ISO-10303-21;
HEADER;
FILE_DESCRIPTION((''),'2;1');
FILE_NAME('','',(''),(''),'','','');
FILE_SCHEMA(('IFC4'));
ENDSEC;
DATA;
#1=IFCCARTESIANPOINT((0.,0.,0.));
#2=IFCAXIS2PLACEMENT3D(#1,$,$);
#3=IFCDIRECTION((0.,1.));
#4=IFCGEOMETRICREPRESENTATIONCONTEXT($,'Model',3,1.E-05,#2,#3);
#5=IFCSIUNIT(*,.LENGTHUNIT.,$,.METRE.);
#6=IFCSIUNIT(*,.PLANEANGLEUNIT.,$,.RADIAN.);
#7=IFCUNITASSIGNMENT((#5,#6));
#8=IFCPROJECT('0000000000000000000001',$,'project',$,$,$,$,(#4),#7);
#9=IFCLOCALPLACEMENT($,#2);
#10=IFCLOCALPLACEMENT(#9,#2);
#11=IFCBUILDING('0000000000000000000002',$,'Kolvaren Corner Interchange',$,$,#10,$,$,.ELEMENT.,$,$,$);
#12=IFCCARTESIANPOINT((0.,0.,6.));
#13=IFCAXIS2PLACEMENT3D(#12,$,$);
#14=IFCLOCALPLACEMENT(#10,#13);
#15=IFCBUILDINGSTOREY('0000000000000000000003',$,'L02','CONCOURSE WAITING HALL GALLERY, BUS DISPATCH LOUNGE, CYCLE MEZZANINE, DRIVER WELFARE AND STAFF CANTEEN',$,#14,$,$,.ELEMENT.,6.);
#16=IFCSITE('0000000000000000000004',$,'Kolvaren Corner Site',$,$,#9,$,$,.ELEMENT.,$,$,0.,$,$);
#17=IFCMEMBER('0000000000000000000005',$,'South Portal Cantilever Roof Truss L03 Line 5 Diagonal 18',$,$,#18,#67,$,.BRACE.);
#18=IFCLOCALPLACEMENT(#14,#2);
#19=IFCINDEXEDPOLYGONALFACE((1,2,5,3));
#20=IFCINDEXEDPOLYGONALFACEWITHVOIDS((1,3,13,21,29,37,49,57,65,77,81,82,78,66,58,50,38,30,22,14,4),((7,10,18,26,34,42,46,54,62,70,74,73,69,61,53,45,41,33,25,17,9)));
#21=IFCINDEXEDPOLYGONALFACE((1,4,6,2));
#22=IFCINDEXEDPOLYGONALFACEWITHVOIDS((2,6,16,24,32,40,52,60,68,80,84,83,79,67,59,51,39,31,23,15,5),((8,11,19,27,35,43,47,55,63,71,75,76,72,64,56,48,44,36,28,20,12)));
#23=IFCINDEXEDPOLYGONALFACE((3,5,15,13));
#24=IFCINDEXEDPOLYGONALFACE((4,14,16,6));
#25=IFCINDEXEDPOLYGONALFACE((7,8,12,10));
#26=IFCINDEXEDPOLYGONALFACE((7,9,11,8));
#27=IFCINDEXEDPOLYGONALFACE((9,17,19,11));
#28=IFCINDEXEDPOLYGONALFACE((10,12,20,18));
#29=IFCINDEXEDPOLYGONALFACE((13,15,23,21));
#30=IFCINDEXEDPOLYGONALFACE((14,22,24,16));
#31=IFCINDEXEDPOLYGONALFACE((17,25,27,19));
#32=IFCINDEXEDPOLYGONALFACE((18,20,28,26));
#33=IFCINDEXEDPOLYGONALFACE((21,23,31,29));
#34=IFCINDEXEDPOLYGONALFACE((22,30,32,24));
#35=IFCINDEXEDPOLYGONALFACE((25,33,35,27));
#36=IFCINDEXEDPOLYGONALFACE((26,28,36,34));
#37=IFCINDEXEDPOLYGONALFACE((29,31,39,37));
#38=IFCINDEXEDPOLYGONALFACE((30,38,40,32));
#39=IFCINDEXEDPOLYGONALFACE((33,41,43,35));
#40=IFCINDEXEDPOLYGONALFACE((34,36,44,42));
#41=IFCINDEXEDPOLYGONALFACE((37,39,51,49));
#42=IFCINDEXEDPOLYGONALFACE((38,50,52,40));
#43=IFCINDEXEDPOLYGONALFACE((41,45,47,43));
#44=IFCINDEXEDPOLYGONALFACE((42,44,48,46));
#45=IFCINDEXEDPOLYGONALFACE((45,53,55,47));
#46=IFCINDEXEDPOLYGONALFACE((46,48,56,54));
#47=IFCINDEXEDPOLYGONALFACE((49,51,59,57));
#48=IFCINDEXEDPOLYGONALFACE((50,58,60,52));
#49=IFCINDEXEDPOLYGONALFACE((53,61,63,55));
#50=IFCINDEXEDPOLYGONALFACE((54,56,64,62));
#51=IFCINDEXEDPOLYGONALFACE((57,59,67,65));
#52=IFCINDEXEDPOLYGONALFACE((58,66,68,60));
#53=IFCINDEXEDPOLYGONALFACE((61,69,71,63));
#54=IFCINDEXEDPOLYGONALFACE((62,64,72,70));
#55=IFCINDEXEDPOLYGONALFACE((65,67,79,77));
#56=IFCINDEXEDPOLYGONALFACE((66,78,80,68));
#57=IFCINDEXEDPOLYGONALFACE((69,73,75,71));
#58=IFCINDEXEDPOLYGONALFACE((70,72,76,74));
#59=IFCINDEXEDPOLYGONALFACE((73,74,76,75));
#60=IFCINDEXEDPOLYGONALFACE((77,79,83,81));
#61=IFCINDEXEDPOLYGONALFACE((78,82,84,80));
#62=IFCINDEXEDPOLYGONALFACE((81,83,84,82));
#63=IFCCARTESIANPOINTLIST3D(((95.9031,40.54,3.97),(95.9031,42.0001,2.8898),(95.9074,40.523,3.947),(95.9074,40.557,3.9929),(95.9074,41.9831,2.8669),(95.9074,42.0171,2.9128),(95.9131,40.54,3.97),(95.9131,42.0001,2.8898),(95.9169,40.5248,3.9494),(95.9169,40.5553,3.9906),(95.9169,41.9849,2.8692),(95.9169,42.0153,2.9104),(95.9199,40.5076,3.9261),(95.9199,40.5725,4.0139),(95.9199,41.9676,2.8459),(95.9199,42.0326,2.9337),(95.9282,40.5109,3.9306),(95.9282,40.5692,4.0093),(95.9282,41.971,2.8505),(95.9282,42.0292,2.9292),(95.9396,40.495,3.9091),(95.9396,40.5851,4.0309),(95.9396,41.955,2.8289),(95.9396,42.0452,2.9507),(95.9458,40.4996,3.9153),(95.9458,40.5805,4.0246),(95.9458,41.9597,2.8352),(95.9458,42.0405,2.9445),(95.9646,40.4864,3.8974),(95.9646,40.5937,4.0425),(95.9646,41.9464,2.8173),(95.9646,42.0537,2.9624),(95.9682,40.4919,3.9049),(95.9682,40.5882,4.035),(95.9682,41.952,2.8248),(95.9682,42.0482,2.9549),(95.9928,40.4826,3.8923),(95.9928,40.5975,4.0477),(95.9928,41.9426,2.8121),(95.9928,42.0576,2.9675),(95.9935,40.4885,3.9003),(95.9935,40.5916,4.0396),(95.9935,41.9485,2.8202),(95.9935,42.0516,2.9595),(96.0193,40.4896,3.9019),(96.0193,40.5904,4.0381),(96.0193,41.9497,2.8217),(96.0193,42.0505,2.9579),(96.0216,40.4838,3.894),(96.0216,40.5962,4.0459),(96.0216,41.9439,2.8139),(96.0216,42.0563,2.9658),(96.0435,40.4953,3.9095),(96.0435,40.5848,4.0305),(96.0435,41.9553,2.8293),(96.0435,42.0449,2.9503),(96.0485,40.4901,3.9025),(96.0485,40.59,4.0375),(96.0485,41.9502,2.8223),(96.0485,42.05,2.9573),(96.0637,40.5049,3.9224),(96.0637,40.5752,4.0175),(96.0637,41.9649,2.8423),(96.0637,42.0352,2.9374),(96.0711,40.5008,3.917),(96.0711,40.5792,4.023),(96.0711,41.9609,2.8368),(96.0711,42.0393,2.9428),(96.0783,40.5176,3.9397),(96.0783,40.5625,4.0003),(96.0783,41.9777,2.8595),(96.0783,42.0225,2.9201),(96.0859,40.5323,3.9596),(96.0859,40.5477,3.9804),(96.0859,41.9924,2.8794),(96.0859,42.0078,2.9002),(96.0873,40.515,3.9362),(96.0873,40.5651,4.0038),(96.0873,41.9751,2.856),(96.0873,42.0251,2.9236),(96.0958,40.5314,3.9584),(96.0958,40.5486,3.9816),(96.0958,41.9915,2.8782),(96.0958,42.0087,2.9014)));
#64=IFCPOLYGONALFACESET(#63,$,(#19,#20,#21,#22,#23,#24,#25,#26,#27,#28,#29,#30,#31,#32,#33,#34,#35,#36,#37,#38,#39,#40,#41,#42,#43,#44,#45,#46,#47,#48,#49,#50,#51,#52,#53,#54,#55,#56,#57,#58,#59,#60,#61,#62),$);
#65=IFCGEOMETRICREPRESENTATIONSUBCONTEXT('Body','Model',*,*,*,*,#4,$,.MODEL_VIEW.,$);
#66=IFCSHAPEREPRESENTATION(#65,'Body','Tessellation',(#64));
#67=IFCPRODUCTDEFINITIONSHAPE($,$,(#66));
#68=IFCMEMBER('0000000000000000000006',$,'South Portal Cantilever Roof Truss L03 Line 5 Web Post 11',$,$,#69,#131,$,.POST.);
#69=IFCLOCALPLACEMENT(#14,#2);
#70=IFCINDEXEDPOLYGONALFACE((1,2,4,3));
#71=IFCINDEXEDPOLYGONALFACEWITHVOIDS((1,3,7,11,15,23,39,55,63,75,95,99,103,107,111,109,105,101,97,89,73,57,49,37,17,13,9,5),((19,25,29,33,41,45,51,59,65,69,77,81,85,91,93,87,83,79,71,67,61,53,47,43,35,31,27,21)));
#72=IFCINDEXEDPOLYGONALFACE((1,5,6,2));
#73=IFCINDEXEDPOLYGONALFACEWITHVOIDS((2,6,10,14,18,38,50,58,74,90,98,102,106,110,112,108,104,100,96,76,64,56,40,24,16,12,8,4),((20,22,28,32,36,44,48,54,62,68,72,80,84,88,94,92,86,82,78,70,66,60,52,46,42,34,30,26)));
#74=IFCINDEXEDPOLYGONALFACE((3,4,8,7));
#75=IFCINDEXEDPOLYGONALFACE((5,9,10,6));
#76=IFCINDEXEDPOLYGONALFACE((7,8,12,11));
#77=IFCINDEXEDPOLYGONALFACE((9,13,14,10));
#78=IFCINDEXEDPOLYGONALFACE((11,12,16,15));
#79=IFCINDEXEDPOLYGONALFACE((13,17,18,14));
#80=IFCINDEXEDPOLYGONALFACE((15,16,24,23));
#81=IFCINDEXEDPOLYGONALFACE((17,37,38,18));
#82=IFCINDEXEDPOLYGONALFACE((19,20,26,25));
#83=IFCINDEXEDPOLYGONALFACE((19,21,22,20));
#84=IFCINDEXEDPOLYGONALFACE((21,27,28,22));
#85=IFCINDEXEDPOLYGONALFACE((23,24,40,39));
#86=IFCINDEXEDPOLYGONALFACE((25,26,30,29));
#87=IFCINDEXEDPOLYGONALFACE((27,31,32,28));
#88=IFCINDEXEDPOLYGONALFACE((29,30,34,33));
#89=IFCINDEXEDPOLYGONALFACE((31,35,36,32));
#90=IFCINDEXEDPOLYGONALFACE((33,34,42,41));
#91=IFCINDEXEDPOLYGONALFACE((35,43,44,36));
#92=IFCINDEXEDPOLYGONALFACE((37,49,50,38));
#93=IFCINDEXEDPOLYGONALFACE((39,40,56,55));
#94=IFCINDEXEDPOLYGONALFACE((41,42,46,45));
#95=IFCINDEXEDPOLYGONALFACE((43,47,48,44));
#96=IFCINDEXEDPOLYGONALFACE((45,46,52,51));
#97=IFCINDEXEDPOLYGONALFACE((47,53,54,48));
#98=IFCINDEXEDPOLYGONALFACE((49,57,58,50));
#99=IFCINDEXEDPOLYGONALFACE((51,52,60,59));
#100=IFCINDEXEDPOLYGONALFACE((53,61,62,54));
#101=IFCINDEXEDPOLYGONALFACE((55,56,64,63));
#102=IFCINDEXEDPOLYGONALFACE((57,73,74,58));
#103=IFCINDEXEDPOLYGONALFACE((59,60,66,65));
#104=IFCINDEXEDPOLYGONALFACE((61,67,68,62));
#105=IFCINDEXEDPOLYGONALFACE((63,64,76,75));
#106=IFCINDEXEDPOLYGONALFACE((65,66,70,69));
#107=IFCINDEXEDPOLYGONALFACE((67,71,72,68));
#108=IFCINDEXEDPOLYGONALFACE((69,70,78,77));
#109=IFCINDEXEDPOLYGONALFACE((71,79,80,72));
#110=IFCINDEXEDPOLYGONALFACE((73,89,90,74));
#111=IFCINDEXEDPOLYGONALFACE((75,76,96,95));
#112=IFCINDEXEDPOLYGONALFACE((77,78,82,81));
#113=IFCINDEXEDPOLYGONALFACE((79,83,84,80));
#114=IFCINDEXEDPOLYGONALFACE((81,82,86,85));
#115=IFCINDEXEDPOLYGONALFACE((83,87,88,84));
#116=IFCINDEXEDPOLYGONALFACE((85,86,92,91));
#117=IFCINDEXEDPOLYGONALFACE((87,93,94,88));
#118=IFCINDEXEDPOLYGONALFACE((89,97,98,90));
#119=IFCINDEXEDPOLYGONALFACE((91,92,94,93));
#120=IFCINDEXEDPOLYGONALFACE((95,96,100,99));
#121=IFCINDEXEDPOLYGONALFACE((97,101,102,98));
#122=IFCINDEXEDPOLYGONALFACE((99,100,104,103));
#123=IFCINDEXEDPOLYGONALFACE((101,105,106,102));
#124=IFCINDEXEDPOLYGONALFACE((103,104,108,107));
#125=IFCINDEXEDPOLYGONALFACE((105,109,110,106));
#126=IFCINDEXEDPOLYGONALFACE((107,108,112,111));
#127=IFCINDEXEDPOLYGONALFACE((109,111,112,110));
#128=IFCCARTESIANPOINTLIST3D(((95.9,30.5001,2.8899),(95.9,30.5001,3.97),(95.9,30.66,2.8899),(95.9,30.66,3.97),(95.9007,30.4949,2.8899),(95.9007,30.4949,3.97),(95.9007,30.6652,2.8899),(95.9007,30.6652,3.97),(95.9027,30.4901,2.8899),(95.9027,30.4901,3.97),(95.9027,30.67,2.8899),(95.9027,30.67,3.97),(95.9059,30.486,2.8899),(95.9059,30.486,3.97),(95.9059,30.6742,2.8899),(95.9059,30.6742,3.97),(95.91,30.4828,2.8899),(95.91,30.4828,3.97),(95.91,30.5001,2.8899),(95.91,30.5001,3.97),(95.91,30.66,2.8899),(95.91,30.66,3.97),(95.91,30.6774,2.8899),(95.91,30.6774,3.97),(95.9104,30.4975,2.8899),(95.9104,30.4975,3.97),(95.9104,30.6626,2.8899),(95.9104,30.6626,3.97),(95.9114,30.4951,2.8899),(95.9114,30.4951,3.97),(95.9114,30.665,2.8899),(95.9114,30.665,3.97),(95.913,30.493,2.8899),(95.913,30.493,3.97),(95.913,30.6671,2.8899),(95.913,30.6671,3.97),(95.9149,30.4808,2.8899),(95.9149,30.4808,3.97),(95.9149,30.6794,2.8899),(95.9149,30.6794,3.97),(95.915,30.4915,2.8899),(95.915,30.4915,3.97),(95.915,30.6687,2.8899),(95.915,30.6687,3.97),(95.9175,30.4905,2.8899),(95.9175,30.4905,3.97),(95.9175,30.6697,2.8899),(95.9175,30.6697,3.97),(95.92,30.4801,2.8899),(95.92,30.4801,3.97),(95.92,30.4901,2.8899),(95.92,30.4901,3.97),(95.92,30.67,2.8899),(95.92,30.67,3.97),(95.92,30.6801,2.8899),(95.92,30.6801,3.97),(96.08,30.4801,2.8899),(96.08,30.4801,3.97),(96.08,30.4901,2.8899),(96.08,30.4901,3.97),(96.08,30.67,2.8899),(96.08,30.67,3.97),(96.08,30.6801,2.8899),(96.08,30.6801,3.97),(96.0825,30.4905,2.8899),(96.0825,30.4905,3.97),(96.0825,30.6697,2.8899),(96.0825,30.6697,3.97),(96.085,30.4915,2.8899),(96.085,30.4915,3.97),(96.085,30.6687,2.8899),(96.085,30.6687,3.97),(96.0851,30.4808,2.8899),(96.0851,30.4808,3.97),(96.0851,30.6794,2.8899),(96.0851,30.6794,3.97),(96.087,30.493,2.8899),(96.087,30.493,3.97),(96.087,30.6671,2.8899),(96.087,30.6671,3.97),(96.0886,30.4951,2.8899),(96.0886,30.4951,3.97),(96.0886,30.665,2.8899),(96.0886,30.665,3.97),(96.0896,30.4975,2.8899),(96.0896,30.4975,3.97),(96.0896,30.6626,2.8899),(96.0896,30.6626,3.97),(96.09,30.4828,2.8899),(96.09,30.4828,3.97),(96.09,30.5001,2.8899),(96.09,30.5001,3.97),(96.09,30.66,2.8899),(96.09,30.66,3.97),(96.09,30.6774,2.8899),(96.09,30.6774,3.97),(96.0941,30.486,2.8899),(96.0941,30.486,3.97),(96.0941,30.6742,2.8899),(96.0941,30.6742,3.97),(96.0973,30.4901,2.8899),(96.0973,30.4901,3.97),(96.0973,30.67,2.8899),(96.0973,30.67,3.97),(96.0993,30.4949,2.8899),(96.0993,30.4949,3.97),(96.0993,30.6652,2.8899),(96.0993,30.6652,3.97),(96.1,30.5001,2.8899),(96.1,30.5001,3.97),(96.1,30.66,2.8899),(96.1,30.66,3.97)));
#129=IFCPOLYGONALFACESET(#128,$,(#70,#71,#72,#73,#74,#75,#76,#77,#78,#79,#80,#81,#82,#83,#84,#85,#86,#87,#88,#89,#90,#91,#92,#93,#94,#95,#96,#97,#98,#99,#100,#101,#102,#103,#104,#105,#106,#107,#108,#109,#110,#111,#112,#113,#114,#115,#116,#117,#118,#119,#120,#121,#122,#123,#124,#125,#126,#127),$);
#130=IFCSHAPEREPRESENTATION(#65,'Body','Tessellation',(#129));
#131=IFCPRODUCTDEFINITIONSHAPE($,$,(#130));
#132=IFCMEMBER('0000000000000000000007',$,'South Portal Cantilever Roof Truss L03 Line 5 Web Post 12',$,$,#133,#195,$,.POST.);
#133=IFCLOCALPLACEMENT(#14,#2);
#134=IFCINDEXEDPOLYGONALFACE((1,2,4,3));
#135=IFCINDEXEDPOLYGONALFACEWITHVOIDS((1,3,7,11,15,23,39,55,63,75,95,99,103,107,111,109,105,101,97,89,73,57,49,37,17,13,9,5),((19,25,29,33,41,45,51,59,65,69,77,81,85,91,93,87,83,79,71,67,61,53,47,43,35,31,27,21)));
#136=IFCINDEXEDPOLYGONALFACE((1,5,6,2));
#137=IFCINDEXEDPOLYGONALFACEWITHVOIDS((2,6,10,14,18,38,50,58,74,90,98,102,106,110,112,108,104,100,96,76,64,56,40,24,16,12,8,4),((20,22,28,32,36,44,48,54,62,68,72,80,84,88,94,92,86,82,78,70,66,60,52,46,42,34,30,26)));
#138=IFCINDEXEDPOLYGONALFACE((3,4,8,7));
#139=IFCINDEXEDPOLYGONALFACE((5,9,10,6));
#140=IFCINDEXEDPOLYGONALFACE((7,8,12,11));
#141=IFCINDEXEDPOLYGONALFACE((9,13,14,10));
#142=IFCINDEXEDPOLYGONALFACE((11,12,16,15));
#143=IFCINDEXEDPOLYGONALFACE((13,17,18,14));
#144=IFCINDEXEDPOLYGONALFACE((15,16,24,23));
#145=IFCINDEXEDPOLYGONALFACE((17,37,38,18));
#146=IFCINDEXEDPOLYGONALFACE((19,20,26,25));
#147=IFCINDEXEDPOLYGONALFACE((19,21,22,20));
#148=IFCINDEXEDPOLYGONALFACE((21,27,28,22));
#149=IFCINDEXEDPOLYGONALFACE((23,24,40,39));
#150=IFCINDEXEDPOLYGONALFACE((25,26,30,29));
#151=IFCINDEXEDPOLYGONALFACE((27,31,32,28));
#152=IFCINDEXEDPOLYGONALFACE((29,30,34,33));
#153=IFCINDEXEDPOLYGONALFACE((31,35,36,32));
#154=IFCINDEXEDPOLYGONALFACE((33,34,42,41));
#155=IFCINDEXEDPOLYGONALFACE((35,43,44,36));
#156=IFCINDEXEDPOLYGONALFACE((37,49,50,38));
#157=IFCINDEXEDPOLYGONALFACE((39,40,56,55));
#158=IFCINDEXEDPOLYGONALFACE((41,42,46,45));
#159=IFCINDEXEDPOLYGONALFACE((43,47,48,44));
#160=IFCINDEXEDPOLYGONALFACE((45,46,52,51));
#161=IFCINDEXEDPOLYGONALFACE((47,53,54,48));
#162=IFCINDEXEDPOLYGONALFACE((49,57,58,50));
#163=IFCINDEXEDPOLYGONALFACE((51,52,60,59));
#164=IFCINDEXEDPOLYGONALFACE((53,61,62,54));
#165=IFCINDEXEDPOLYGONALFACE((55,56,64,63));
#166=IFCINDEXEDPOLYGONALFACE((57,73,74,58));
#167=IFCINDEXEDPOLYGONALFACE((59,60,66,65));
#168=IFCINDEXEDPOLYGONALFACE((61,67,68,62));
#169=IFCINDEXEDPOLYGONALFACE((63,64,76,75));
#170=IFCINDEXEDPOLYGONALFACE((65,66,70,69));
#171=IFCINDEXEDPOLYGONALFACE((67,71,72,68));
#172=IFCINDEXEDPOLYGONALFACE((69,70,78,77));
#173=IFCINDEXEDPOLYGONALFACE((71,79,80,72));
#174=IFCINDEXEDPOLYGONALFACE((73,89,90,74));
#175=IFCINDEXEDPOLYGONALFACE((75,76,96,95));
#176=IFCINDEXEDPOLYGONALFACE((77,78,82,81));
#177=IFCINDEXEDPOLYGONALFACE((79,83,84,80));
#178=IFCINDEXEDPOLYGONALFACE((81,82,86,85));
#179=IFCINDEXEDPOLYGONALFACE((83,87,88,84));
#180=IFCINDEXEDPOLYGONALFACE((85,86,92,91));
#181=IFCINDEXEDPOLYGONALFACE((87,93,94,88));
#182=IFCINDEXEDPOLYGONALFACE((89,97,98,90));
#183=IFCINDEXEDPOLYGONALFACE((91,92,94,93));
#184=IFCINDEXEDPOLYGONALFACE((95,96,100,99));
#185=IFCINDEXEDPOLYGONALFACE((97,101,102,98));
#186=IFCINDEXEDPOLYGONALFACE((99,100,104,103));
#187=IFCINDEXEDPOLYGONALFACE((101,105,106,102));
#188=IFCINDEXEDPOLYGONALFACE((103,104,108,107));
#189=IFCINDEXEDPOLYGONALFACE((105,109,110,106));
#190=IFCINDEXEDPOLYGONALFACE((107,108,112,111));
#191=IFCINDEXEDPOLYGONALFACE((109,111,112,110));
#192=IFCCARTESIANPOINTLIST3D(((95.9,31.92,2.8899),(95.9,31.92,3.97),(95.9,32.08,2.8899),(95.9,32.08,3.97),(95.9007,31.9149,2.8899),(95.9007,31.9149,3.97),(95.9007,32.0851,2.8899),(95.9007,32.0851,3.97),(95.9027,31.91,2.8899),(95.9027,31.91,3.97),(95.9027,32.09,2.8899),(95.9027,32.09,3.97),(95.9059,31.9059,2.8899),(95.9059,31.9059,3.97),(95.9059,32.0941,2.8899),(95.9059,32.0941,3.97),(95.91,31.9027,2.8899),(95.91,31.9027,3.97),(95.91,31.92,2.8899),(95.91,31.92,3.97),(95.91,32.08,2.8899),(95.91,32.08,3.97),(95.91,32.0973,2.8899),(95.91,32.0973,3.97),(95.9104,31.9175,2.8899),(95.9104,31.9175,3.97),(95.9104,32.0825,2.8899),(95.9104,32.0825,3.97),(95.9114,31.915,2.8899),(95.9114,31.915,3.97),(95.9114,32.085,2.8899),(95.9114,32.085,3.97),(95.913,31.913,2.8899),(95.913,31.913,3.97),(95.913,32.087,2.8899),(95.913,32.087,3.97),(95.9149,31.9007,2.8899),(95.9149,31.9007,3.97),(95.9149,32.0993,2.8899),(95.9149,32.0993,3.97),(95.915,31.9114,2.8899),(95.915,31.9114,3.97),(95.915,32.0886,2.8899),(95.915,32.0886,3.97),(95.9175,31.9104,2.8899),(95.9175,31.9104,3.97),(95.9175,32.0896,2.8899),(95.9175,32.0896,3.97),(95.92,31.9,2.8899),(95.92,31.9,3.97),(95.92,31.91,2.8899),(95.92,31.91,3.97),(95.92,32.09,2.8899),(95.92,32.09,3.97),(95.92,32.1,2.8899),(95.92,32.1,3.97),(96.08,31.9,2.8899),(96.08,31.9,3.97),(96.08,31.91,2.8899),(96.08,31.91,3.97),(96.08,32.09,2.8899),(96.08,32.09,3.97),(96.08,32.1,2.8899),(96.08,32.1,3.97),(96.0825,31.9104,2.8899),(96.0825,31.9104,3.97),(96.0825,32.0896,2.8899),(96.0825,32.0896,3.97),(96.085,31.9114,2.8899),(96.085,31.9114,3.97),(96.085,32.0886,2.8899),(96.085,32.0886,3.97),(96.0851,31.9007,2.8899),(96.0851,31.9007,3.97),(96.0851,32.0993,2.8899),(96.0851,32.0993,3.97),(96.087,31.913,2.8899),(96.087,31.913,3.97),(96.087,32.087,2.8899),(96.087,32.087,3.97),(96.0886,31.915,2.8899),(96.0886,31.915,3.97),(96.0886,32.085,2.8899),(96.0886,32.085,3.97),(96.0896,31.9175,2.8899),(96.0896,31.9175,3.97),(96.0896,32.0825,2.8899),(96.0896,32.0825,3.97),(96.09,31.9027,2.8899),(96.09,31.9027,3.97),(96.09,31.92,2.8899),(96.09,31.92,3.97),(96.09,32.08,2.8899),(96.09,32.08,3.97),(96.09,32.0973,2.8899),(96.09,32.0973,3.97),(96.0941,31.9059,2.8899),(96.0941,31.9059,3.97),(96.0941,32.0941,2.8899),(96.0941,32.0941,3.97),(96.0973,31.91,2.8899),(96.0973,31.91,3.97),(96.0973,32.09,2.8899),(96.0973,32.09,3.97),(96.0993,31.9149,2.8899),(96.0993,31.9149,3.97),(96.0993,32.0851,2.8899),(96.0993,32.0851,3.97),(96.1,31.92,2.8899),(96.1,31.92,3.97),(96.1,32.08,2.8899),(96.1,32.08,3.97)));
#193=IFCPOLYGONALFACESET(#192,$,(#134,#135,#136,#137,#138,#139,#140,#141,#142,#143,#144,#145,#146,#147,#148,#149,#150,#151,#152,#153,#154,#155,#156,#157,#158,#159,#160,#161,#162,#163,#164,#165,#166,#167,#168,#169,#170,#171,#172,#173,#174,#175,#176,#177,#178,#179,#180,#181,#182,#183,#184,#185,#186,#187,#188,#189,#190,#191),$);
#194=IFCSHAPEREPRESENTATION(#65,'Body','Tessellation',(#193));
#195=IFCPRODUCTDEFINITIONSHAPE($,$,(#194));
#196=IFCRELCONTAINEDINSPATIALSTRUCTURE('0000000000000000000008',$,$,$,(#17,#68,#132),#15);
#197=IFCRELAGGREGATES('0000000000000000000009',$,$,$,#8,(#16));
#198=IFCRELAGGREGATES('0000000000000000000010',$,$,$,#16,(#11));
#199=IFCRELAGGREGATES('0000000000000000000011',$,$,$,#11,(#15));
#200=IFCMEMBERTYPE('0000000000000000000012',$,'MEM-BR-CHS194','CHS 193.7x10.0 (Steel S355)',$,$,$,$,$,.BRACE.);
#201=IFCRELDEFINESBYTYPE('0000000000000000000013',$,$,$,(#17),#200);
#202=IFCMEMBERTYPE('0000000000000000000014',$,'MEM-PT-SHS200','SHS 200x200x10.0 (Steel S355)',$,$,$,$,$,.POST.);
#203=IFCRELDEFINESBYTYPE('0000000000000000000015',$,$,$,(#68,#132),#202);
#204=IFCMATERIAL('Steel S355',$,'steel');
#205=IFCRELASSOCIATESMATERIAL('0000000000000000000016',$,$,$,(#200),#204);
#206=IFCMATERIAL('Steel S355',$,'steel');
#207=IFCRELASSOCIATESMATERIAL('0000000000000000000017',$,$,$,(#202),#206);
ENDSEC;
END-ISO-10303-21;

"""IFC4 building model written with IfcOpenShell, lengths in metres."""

from ifc_helpers import new_model, si_unit, direction, frame, origin, origin_2d, place, context, subcontext, project, spatial, hollow_rectangle, hollow_circle, extrude, material, material_profile, profile_set, type_object, element, save


model = new_model("IFC4")

# Units and contexts
model_context = context("Model", 3, precision=1e-05, world=origin(), true_north=direction((0.0, 1.0)))
body_context = subcontext(model_context, "Body", "Model", "MODEL_VIEW")
ifc_project = project(units=[si_unit("LENGTHUNIT", "METRE"), si_unit("PLANEANGLEUNIT", "RADIAN")], contexts=[model_context])

# Site, building, storey
site_placement = place(None, origin())
site = spatial("IfcSite", under=ifc_project, at=site_placement, Name="Kolvaren Corner Site", CompositionType="ELEMENT", RefElevation=0.0)
building_placement = place(site_placement, origin())
building = spatial("IfcBuilding", under=site, at=building_placement, Name="Kolvaren Corner Interchange", CompositionType="ELEMENT")
storey_placement = place(building_placement, frame((0.0, 0.0, 6.0)))
storey = spatial("IfcBuildingStorey", under=building, at=storey_placement, Name="L02", Description="CONCOURSE WAITING HALL GALLERY, BUS DISPATCH LOUNGE, CYCLE MEZZANINE, DRIVER WELFARE AND STAFF CANTEEN", CompositionType="ELEMENT", Elevation=6.0)

# Members
ifc_material_1 = material(Name="Steel S355", Category="steel")
ifc_material_profile_1 = material_profile(ifc_material_1, hollow_circle(Radius=0.0969, WallThickness=0.01, at=origin_2d()), Name="CHS 193.7x10.0")
ifc_profile_set_1 = profile_set([ifc_material_profile_1], Name="Steel S355")
member_type_1 = type_object("IfcMemberType", Name="MEM-BR-CHS194", Description="CHS 193.7x10.0 (Steel S355)", PredefinedType="BRACE", material=ifc_profile_set_1)
member_placement = place(storey_placement, frame((96.0, 40.54, 3.97), z_axis=(0.0, 0.803919, -0.594739), x_axis=(-1.0, 0.0, 0.0)))
element("IfcMember", 1, at=member_placement, inside=storey, type_object=member_type_1, Name="South Portal Cantilever Roof Truss L03 Line 5 Diagonal 18", PredefinedType="BRACE", context=body_context, shape_type="SweptSolid", body=[
    extrude(hollow_circle(Radius=0.0969, WallThickness=0.01, at=origin_2d()), origin(), (0.0, 0.0, 1.0), 1.8162),
])
ifc_material_2 = material(Name="Steel S355", Category="steel")
ifc_material_profile_2 = material_profile(ifc_material_2, hollow_rectangle(XDim=0.2, YDim=0.2, WallThickness=0.01, InnerFilletRadius=0.01, OuterFilletRadius=0.02, at=origin_2d()), Name="SHS 200x200x10.0")
ifc_profile_set_2 = profile_set([ifc_material_profile_2], Name="Steel S355")
member_type_2 = type_object("IfcMemberType", Name="MEM-PT-SHS200", Description="SHS 200x200x10.0 (Steel S355)", PredefinedType="POST", material=ifc_profile_set_2)
for number, where, z_axis, x_axis, name in (
    (2, (96.0, 30.5801, 2.8899), (0.0, 0.0, 1.0), (1.0, 0.0, 0.0), "South Portal Cantilever Roof Truss L03 Line 5 Web Post 11"),
    (3, (96.0, 32.0, 2.8899), (0.0, 0.0, 1.0), (1.0, 0.0, 0.0), "South Portal Cantilever Roof Truss L03 Line 5 Web Post 12"),
):
    element("IfcMember", number, at=place(storey_placement, frame(where, z_axis=z_axis, x_axis=x_axis)), inside=storey, type_object=member_type_2, Name=name, PredefinedType="POST", context=body_context, shape_type="SweptSolid", body=[
        extrude(hollow_rectangle(XDim=0.2, YDim=0.2, WallThickness=0.01, InnerFilletRadius=0.01, OuterFilletRadius=0.02, at=origin_2d()), origin(), (0.0, 0.0, 1.0), 1.0801),
    ])

save(model, "model.ifc")
